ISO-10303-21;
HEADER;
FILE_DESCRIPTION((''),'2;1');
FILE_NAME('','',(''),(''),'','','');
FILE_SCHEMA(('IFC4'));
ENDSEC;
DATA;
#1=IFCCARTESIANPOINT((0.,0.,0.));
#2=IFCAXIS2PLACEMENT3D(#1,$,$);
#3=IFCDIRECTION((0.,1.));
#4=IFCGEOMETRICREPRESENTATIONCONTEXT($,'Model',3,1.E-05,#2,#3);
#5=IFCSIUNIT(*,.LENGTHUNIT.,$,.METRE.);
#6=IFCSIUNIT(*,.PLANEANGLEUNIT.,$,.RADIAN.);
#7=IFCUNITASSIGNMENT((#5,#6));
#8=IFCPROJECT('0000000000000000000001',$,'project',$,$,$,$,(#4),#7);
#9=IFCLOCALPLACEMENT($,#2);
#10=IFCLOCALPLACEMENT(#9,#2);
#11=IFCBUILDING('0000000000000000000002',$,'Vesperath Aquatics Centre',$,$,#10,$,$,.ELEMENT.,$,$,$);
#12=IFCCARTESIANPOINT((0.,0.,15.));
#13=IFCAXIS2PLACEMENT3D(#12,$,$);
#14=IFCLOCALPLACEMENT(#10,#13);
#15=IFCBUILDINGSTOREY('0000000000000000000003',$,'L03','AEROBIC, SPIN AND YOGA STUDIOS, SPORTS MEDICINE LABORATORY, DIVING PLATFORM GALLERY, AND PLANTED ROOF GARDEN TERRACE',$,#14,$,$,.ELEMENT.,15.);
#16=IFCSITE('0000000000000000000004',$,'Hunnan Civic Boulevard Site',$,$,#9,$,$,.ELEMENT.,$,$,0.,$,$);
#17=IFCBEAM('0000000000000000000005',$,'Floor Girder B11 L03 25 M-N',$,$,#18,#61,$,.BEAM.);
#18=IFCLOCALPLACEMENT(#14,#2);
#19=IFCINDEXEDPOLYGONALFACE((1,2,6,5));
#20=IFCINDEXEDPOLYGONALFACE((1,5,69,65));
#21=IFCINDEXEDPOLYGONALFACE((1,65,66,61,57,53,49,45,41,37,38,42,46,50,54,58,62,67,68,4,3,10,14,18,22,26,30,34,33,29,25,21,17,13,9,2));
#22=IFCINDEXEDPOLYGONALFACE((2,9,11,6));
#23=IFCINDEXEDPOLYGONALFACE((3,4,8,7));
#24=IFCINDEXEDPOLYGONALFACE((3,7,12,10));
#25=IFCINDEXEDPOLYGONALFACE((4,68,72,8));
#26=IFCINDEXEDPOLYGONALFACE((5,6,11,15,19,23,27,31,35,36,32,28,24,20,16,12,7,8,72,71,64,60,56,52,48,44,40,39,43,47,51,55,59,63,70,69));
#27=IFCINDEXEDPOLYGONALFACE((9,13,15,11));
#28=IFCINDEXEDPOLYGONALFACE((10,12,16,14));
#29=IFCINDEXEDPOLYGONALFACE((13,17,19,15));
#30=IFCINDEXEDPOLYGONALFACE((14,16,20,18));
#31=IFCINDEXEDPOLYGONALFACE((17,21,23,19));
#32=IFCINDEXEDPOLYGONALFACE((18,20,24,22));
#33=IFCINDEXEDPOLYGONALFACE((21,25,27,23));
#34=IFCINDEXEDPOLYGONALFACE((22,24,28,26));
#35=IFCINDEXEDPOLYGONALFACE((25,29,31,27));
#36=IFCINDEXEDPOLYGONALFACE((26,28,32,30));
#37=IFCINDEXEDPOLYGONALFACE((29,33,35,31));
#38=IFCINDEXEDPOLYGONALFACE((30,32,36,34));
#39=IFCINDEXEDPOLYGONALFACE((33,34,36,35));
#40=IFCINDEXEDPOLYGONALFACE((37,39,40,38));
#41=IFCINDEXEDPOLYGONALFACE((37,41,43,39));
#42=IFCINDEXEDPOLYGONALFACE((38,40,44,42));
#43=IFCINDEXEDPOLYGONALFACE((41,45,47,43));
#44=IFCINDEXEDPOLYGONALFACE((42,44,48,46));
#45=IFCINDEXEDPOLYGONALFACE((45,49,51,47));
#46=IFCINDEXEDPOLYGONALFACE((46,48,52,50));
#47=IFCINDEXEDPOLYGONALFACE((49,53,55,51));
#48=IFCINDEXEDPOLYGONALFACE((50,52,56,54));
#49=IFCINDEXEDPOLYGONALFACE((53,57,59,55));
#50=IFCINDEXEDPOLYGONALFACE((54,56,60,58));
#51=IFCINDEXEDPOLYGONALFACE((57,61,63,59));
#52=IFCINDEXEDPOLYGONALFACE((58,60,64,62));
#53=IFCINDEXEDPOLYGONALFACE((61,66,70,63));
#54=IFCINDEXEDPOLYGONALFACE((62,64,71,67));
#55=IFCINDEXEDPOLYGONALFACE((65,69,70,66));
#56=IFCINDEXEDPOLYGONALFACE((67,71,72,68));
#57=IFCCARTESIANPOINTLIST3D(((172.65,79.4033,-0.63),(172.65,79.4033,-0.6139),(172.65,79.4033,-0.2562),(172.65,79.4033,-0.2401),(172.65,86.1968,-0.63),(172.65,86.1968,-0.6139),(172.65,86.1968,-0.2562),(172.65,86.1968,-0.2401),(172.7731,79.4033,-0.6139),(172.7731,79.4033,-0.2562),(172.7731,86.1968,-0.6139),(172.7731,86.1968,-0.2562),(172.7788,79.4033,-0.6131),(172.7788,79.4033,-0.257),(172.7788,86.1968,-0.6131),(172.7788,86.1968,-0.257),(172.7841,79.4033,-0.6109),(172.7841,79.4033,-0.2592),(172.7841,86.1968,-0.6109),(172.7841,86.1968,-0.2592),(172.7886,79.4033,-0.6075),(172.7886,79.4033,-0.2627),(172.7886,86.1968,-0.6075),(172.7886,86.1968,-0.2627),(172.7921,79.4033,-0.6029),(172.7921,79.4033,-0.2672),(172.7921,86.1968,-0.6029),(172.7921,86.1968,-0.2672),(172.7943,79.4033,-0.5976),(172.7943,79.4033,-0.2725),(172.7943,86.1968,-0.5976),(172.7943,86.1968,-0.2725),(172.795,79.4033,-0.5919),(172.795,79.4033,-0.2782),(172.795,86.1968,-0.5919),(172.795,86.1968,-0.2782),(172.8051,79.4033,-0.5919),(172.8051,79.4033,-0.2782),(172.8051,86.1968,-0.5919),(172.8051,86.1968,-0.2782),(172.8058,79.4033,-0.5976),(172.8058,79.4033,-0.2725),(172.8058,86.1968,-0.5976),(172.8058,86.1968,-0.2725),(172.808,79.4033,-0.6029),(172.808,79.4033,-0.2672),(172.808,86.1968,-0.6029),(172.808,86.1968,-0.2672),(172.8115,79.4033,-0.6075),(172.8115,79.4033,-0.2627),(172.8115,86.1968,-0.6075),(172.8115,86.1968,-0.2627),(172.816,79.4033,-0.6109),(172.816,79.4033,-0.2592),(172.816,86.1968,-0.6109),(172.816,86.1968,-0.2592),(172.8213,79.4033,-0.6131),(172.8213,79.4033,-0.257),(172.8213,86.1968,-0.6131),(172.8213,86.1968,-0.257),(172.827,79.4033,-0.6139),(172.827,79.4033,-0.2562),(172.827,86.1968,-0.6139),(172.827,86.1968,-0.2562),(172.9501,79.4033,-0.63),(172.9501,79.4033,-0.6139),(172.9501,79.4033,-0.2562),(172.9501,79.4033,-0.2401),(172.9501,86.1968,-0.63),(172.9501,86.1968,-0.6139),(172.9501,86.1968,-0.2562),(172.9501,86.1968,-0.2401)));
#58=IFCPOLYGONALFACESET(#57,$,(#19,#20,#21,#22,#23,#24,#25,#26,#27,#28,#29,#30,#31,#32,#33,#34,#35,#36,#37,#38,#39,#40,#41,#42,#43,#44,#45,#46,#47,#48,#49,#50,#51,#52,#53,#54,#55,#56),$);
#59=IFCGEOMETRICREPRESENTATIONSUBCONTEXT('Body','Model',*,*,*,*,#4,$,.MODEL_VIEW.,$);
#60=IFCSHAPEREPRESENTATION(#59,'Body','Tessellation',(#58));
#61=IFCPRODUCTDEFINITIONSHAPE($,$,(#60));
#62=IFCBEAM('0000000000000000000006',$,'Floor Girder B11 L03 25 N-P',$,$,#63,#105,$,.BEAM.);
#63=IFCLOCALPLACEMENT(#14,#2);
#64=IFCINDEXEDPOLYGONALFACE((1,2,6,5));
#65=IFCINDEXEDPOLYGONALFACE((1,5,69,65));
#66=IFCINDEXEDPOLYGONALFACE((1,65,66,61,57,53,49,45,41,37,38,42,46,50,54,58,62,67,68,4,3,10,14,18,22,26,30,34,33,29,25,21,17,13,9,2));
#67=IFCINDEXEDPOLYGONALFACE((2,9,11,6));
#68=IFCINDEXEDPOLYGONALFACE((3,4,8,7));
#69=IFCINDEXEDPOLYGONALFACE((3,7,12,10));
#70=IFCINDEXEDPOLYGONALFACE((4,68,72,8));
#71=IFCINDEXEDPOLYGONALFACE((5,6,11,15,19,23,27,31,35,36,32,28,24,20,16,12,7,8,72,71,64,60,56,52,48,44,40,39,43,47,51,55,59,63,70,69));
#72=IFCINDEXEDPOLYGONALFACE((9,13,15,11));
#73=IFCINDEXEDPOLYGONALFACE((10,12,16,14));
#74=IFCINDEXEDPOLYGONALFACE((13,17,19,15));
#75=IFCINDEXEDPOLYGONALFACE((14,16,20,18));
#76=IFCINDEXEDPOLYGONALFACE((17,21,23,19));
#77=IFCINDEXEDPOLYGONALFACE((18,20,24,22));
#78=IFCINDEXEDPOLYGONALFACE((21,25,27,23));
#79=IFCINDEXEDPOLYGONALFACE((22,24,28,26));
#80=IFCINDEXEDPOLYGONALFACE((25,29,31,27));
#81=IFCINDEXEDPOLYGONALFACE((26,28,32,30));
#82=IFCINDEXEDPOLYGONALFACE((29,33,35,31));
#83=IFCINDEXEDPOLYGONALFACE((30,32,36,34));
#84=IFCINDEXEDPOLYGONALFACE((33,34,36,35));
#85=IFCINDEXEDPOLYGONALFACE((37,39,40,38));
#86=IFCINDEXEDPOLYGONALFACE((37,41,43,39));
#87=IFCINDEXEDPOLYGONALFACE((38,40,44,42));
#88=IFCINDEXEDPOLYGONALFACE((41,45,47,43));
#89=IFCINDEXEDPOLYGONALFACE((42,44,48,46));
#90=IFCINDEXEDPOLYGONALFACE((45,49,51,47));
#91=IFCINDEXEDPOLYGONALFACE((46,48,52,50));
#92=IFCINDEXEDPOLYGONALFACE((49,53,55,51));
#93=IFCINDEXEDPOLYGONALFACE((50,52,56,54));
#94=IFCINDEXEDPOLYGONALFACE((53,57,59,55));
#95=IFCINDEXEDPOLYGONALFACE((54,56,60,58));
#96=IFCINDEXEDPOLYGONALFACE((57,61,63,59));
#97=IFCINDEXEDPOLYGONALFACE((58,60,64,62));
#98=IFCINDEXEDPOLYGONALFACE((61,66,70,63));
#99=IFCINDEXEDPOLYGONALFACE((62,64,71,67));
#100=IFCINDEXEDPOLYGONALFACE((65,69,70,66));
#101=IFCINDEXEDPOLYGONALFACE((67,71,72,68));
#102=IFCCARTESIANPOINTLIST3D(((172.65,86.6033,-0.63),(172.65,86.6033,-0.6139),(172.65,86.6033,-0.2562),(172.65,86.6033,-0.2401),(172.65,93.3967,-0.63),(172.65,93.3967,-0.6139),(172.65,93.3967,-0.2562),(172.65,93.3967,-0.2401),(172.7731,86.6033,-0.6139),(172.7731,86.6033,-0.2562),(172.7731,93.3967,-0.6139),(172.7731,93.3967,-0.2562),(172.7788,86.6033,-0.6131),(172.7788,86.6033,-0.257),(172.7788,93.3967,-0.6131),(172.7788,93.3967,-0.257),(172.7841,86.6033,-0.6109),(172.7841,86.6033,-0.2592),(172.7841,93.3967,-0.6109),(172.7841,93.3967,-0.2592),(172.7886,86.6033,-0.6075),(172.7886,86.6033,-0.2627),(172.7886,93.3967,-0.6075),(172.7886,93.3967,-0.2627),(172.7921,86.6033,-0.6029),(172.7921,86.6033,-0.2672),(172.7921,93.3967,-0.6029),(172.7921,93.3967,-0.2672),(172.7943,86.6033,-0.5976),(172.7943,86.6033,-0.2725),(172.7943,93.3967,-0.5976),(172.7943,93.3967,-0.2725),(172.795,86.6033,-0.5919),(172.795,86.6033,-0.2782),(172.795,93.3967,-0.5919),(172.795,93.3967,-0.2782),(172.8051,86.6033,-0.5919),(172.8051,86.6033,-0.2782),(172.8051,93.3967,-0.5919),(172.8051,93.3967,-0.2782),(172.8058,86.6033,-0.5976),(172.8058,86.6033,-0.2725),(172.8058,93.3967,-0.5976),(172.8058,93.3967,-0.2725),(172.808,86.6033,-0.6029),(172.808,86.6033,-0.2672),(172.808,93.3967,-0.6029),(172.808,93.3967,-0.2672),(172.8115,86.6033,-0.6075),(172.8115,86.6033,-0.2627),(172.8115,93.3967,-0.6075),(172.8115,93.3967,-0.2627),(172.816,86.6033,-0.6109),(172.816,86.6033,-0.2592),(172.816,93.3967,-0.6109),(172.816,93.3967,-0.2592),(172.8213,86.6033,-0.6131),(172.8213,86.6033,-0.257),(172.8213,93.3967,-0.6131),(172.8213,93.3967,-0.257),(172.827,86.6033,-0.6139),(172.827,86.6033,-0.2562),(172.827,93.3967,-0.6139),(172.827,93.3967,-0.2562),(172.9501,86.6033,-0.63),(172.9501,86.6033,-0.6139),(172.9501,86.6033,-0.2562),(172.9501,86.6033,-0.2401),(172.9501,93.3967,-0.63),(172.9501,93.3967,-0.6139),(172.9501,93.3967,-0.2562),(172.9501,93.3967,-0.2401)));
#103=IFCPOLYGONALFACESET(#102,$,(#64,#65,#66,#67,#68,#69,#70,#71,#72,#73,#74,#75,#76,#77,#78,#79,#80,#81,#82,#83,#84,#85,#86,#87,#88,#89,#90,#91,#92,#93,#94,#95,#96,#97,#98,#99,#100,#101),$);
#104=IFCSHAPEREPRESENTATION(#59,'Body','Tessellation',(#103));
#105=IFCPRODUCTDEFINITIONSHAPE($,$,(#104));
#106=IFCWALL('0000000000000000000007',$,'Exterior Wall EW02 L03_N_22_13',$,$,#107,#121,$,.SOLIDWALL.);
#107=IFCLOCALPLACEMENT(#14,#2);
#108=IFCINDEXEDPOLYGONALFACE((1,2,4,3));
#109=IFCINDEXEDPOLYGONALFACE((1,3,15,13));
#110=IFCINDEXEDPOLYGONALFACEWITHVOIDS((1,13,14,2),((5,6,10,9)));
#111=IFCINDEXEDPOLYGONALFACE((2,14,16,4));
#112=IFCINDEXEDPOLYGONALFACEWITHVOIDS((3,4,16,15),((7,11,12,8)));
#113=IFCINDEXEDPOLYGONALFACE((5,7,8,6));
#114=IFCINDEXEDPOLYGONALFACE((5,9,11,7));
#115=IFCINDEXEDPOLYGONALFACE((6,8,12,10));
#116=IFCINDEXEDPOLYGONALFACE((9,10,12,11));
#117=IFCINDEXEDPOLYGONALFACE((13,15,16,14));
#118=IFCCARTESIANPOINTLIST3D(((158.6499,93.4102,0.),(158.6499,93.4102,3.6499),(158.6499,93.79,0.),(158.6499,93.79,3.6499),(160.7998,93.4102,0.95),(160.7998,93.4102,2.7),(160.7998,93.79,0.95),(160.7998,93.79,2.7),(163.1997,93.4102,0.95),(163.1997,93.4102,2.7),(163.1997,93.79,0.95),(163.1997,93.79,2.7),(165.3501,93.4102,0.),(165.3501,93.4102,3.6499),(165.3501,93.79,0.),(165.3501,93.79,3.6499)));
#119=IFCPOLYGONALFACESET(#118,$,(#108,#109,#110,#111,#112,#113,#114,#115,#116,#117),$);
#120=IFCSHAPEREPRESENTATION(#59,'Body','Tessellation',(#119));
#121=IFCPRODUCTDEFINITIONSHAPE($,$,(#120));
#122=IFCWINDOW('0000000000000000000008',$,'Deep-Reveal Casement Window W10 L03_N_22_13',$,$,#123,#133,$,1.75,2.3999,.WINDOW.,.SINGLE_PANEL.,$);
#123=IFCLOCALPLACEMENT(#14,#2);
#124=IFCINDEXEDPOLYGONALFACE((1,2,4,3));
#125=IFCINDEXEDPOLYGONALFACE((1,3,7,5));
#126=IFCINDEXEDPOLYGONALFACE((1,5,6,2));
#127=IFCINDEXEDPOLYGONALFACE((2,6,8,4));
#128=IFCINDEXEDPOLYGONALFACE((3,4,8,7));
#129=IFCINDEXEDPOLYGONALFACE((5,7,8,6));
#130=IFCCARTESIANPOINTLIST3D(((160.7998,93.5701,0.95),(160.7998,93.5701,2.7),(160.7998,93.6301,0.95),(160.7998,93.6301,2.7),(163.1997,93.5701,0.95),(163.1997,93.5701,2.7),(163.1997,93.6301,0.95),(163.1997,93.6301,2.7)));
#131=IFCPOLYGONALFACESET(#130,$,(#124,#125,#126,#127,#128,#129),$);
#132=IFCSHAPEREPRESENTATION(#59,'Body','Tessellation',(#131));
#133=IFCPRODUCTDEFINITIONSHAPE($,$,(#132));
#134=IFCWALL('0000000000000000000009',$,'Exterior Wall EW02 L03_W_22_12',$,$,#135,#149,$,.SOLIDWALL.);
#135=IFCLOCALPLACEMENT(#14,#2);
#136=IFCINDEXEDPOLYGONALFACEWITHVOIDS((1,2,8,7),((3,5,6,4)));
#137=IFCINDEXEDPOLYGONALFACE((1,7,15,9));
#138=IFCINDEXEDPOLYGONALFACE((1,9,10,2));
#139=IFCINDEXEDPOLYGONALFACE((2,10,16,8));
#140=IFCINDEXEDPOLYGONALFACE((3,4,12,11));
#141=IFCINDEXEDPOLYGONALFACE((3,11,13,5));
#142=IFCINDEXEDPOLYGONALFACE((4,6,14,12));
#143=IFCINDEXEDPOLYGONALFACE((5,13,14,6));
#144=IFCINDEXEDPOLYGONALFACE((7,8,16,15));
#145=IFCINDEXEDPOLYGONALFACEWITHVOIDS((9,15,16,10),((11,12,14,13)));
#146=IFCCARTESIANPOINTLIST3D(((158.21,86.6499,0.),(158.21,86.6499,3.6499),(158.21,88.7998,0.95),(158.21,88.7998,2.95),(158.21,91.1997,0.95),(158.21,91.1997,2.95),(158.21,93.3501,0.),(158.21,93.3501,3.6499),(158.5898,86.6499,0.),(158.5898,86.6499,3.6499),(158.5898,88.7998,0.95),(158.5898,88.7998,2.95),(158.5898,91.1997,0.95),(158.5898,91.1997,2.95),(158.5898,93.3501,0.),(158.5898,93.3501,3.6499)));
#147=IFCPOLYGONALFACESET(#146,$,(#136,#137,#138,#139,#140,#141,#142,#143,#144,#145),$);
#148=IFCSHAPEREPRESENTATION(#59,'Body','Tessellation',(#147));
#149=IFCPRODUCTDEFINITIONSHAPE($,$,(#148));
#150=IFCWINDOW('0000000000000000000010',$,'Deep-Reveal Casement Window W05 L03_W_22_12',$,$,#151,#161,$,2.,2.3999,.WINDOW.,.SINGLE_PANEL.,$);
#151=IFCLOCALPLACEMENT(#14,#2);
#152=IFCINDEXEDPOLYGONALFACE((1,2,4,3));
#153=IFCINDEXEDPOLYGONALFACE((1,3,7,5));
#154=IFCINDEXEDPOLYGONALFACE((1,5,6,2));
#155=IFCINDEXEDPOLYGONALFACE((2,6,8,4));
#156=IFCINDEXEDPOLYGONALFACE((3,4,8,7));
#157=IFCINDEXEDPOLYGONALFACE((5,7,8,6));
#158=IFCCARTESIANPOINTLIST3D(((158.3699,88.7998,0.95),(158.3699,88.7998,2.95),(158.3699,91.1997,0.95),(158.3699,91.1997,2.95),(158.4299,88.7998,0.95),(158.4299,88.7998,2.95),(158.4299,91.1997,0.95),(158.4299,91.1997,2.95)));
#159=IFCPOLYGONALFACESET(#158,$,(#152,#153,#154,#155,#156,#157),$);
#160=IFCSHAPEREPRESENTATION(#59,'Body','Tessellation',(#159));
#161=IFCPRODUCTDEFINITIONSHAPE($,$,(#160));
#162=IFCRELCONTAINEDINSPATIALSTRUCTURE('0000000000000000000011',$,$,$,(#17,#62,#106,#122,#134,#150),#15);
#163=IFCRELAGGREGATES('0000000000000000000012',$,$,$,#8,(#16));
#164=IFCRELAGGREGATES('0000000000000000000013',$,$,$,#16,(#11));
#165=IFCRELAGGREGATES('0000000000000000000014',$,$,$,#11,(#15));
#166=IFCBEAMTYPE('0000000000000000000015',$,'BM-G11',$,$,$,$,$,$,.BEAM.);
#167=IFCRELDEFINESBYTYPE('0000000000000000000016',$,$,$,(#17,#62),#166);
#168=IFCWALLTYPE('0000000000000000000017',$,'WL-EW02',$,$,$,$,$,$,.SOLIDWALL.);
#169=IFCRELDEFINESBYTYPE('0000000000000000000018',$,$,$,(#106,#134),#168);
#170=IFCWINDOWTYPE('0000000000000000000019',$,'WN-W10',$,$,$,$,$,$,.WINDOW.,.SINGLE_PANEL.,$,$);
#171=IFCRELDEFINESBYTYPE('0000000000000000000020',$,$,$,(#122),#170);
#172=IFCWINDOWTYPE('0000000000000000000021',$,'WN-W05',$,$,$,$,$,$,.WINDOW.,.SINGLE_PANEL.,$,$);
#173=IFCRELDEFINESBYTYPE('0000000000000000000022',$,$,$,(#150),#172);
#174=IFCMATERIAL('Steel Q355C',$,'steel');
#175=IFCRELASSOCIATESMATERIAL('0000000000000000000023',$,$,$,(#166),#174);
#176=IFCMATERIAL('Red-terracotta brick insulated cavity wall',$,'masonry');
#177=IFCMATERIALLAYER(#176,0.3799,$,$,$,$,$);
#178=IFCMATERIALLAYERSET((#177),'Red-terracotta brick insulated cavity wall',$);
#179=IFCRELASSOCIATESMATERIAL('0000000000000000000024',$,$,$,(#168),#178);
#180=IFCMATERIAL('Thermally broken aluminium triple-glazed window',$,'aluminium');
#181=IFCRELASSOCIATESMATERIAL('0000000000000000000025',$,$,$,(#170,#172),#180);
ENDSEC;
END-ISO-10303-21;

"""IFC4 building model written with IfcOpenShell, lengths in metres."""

from ifc_helpers import new_model, si_unit, direction, frame, frame_2d, origin, origin_2d, place, context, subcontext, project, spatial, rectangle, i_section, extrude, material, layer, layer_set, material_profile, profile_set, type_object, element, fill, save


model = new_model("IFC4")

# Units and contexts
model_context = context("Model", 3, precision=1e-05, world=origin(), true_north=direction((0.0, 1.0)))
body_context = subcontext(model_context, "Body", "Model", "MODEL_VIEW")
ifc_project = project(units=[si_unit("LENGTHUNIT", "METRE"), si_unit("PLANEANGLEUNIT", "RADIAN")], contexts=[model_context])

# Site, building, storey
site_placement = place(None, origin())
site = spatial("IfcSite", under=ifc_project, at=site_placement, Name="Hunnan Civic Boulevard Site", CompositionType="ELEMENT", RefElevation=0.0)
building_placement = place(site_placement, origin())
building = spatial("IfcBuilding", under=site, at=building_placement, Name="Vesperath Aquatics Centre", CompositionType="ELEMENT")
storey_placement = place(building_placement, frame((0.0, 0.0, 15.0)))
storey = spatial("IfcBuildingStorey", under=building, at=storey_placement, Name="L03", Description="AEROBIC, SPIN AND YOGA STUDIOS, SPORTS MEDICINE LABORATORY, DIVING PLATFORM GALLERY, AND PLANTED ROOF GARDEN TERRACE", CompositionType="ELEMENT", Elevation=15.0)

# Beams
ifc_material_1 = material(Name="Steel Q355C", Category="steel")
ifc_material_profile_1 = material_profile(ifc_material_1, i_section(OverallWidth=0.3, OverallDepth=0.3899, WebThickness=0.01, FlangeThickness=0.0161, FilletRadius=0.022, at=origin_2d()), Name="HM 390x300x10x16")
ifc_profile_set_1 = profile_set([ifc_material_profile_1], Name="Steel Q355C")
beam_type_1 = type_object("IfcBeamType", Name="BM-G11", PredefinedType="BEAM", material=ifc_profile_set_1)
for number, where, z_axis, x_axis, name in (
    (1, (172.8, 79.4033, -0.4351), (0.0, 1.0, 0.0), (-1.0, 0.0, 0.0), "Floor Girder B11 L03 25 M-N"),
    (2, (172.8, 86.6033, -0.4351), (0.0, 1.0, 0.0), (-1.0, 0.0, 0.0), "Floor Girder B11 L03 25 N-P"),
):
    element("IfcBeam", number, at=place(storey_placement, frame(where, z_axis=z_axis, x_axis=x_axis)), inside=storey, type_object=beam_type_1, Name=name, PredefinedType="BEAM", context=body_context, shape_type="SweptSolid", body=[
        extrude(i_section(OverallWidth=0.3, OverallDepth=0.3899, WebThickness=0.01, FlangeThickness=0.0161, FilletRadius=0.022, at=origin_2d()), origin(), (0.0, 0.0, 1.0), 6.7935),
    ])

# Walls, openings, windows
ifc_material_2 = material(Name="Red-terracotta brick insulated cavity wall", Category="masonry")
ifc_layer_1 = layer(ifc_material_2, 0.3799)
ifc_layer_set_1 = layer_set([ifc_layer_1], Name="Red-terracotta brick insulated cavity wall")
wall_type_1 = type_object("IfcWallType", Name="WL-EW02", PredefinedType="SOLIDWALL", material=ifc_layer_set_1)
wall_1_placement = place(storey_placement, frame((158.6499, 93.6001, 0.0), z_axis=(0.0, 0.0, 1.0), x_axis=(1.0, 0.0, 0.0)))
wall_1 = element("IfcWall", 3, at=wall_1_placement, inside=storey, type_object=wall_type_1, Name="Exterior Wall EW02 L03_N_22_13", PredefinedType="SOLIDWALL", context=body_context, shape_type="SweptSolid", body=[
    extrude(rectangle(XDim=6.7002, YDim=0.3799, at=frame_2d((3.3501, 0.0))), origin(), (0.0, 0.0, 1.0), 3.6499),
])
opening_1_placement = place(wall_1_placement, frame((2.1499, 0.0, 0.95)))
opening_1 = element("IfcOpeningElement", 4, at=opening_1_placement, cuts=wall_1, PredefinedType="OPENING", context=body_context, shape_type="SweptSolid", body=[
    extrude(rectangle(XDim=2.3999, YDim=1.75, at=frame_2d((1.2, 0.875))), frame((0.0, 0.2048, 0.0), z_axis=(0.0, -1.0, 0.0), x_axis=(1.0, 0.0, 0.0)), (0.0, 0.0, 1.0), 0.4097),
])
ifc_material_3 = material(Name="Thermally broken aluminium triple-glazed window", Category="aluminium")
window_type_1 = type_object("IfcWindowType", Name="WN-W10", PartitioningType="SINGLE_PANEL", PredefinedType="WINDOW", material=ifc_material_3)
window_1_placement = place(opening_1_placement, origin())
window_1 = element("IfcWindow", 5, at=window_1_placement, inside=storey, type_object=window_type_1, Name="Deep-Reveal Casement Window W10 L03_N_22_13", OverallHeight=1.75, OverallWidth=2.3999, PartitioningType="SINGLE_PANEL", PredefinedType="WINDOW", context=body_context, shape_type="SweptSolid", body=[
    extrude(rectangle(XDim=2.3999, YDim=1.75, at=frame_2d((1.2, 0.875))), frame((0.0, 0.03, 0.0), z_axis=(0.0, -1.0, 0.0), x_axis=(1.0, 0.0, 0.0)), (0.0, 0.0, 1.0), 0.0601),
])
fill(opening_1, window_1)
wall_2_placement = place(storey_placement, frame((158.3999, 86.6499, 0.0), z_axis=(0.0, 0.0, 1.0), x_axis=(0.0, 1.0, 0.0)))
wall_2 = element("IfcWall", 6, at=wall_2_placement, inside=storey, type_object=wall_type_1, Name="Exterior Wall EW02 L03_W_22_12", PredefinedType="SOLIDWALL", context=body_context, shape_type="SweptSolid", body=[
    extrude(rectangle(XDim=6.7002, YDim=0.3799, at=frame_2d((3.3501, 0.0))), origin(), (0.0, 0.0, 1.0), 3.6499),
])
opening_2_placement = place(wall_2_placement, frame((2.1499, 0.0, 0.95)))
opening_2 = element("IfcOpeningElement", 7, at=opening_2_placement, cuts=wall_2, PredefinedType="OPENING", context=body_context, shape_type="SweptSolid", body=[
    extrude(rectangle(XDim=2.3999, YDim=2.0, at=frame_2d((1.2, 1.0))), frame((0.0, 0.2048, 0.0), z_axis=(0.0, -1.0, 0.0), x_axis=(1.0, 0.0, 0.0)), (0.0, 0.0, 1.0), 0.4097),
])
window_type_2 = type_object("IfcWindowType", Name="WN-W05", PartitioningType="SINGLE_PANEL", PredefinedType="WINDOW", material=ifc_material_3)
window_2_placement = place(opening_2_placement, origin())
window_2 = element("IfcWindow", 8, at=window_2_placement, inside=storey, type_object=window_type_2, Name="Deep-Reveal Casement Window W05 L03_W_22_12", OverallHeight=2.0, OverallWidth=2.3999, PartitioningType="SINGLE_PANEL", PredefinedType="WINDOW", context=body_context, shape_type="SweptSolid", body=[
    extrude(rectangle(XDim=2.3999, YDim=2.0, at=frame_2d((1.2, 1.0))), frame((0.0, 0.03, 0.0), z_axis=(0.0, -1.0, 0.0), x_axis=(1.0, 0.0, 0.0)), (0.0, 0.0, 1.0), 0.0601),
])
fill(opening_2, window_2)

save(model, "model.ifc")
